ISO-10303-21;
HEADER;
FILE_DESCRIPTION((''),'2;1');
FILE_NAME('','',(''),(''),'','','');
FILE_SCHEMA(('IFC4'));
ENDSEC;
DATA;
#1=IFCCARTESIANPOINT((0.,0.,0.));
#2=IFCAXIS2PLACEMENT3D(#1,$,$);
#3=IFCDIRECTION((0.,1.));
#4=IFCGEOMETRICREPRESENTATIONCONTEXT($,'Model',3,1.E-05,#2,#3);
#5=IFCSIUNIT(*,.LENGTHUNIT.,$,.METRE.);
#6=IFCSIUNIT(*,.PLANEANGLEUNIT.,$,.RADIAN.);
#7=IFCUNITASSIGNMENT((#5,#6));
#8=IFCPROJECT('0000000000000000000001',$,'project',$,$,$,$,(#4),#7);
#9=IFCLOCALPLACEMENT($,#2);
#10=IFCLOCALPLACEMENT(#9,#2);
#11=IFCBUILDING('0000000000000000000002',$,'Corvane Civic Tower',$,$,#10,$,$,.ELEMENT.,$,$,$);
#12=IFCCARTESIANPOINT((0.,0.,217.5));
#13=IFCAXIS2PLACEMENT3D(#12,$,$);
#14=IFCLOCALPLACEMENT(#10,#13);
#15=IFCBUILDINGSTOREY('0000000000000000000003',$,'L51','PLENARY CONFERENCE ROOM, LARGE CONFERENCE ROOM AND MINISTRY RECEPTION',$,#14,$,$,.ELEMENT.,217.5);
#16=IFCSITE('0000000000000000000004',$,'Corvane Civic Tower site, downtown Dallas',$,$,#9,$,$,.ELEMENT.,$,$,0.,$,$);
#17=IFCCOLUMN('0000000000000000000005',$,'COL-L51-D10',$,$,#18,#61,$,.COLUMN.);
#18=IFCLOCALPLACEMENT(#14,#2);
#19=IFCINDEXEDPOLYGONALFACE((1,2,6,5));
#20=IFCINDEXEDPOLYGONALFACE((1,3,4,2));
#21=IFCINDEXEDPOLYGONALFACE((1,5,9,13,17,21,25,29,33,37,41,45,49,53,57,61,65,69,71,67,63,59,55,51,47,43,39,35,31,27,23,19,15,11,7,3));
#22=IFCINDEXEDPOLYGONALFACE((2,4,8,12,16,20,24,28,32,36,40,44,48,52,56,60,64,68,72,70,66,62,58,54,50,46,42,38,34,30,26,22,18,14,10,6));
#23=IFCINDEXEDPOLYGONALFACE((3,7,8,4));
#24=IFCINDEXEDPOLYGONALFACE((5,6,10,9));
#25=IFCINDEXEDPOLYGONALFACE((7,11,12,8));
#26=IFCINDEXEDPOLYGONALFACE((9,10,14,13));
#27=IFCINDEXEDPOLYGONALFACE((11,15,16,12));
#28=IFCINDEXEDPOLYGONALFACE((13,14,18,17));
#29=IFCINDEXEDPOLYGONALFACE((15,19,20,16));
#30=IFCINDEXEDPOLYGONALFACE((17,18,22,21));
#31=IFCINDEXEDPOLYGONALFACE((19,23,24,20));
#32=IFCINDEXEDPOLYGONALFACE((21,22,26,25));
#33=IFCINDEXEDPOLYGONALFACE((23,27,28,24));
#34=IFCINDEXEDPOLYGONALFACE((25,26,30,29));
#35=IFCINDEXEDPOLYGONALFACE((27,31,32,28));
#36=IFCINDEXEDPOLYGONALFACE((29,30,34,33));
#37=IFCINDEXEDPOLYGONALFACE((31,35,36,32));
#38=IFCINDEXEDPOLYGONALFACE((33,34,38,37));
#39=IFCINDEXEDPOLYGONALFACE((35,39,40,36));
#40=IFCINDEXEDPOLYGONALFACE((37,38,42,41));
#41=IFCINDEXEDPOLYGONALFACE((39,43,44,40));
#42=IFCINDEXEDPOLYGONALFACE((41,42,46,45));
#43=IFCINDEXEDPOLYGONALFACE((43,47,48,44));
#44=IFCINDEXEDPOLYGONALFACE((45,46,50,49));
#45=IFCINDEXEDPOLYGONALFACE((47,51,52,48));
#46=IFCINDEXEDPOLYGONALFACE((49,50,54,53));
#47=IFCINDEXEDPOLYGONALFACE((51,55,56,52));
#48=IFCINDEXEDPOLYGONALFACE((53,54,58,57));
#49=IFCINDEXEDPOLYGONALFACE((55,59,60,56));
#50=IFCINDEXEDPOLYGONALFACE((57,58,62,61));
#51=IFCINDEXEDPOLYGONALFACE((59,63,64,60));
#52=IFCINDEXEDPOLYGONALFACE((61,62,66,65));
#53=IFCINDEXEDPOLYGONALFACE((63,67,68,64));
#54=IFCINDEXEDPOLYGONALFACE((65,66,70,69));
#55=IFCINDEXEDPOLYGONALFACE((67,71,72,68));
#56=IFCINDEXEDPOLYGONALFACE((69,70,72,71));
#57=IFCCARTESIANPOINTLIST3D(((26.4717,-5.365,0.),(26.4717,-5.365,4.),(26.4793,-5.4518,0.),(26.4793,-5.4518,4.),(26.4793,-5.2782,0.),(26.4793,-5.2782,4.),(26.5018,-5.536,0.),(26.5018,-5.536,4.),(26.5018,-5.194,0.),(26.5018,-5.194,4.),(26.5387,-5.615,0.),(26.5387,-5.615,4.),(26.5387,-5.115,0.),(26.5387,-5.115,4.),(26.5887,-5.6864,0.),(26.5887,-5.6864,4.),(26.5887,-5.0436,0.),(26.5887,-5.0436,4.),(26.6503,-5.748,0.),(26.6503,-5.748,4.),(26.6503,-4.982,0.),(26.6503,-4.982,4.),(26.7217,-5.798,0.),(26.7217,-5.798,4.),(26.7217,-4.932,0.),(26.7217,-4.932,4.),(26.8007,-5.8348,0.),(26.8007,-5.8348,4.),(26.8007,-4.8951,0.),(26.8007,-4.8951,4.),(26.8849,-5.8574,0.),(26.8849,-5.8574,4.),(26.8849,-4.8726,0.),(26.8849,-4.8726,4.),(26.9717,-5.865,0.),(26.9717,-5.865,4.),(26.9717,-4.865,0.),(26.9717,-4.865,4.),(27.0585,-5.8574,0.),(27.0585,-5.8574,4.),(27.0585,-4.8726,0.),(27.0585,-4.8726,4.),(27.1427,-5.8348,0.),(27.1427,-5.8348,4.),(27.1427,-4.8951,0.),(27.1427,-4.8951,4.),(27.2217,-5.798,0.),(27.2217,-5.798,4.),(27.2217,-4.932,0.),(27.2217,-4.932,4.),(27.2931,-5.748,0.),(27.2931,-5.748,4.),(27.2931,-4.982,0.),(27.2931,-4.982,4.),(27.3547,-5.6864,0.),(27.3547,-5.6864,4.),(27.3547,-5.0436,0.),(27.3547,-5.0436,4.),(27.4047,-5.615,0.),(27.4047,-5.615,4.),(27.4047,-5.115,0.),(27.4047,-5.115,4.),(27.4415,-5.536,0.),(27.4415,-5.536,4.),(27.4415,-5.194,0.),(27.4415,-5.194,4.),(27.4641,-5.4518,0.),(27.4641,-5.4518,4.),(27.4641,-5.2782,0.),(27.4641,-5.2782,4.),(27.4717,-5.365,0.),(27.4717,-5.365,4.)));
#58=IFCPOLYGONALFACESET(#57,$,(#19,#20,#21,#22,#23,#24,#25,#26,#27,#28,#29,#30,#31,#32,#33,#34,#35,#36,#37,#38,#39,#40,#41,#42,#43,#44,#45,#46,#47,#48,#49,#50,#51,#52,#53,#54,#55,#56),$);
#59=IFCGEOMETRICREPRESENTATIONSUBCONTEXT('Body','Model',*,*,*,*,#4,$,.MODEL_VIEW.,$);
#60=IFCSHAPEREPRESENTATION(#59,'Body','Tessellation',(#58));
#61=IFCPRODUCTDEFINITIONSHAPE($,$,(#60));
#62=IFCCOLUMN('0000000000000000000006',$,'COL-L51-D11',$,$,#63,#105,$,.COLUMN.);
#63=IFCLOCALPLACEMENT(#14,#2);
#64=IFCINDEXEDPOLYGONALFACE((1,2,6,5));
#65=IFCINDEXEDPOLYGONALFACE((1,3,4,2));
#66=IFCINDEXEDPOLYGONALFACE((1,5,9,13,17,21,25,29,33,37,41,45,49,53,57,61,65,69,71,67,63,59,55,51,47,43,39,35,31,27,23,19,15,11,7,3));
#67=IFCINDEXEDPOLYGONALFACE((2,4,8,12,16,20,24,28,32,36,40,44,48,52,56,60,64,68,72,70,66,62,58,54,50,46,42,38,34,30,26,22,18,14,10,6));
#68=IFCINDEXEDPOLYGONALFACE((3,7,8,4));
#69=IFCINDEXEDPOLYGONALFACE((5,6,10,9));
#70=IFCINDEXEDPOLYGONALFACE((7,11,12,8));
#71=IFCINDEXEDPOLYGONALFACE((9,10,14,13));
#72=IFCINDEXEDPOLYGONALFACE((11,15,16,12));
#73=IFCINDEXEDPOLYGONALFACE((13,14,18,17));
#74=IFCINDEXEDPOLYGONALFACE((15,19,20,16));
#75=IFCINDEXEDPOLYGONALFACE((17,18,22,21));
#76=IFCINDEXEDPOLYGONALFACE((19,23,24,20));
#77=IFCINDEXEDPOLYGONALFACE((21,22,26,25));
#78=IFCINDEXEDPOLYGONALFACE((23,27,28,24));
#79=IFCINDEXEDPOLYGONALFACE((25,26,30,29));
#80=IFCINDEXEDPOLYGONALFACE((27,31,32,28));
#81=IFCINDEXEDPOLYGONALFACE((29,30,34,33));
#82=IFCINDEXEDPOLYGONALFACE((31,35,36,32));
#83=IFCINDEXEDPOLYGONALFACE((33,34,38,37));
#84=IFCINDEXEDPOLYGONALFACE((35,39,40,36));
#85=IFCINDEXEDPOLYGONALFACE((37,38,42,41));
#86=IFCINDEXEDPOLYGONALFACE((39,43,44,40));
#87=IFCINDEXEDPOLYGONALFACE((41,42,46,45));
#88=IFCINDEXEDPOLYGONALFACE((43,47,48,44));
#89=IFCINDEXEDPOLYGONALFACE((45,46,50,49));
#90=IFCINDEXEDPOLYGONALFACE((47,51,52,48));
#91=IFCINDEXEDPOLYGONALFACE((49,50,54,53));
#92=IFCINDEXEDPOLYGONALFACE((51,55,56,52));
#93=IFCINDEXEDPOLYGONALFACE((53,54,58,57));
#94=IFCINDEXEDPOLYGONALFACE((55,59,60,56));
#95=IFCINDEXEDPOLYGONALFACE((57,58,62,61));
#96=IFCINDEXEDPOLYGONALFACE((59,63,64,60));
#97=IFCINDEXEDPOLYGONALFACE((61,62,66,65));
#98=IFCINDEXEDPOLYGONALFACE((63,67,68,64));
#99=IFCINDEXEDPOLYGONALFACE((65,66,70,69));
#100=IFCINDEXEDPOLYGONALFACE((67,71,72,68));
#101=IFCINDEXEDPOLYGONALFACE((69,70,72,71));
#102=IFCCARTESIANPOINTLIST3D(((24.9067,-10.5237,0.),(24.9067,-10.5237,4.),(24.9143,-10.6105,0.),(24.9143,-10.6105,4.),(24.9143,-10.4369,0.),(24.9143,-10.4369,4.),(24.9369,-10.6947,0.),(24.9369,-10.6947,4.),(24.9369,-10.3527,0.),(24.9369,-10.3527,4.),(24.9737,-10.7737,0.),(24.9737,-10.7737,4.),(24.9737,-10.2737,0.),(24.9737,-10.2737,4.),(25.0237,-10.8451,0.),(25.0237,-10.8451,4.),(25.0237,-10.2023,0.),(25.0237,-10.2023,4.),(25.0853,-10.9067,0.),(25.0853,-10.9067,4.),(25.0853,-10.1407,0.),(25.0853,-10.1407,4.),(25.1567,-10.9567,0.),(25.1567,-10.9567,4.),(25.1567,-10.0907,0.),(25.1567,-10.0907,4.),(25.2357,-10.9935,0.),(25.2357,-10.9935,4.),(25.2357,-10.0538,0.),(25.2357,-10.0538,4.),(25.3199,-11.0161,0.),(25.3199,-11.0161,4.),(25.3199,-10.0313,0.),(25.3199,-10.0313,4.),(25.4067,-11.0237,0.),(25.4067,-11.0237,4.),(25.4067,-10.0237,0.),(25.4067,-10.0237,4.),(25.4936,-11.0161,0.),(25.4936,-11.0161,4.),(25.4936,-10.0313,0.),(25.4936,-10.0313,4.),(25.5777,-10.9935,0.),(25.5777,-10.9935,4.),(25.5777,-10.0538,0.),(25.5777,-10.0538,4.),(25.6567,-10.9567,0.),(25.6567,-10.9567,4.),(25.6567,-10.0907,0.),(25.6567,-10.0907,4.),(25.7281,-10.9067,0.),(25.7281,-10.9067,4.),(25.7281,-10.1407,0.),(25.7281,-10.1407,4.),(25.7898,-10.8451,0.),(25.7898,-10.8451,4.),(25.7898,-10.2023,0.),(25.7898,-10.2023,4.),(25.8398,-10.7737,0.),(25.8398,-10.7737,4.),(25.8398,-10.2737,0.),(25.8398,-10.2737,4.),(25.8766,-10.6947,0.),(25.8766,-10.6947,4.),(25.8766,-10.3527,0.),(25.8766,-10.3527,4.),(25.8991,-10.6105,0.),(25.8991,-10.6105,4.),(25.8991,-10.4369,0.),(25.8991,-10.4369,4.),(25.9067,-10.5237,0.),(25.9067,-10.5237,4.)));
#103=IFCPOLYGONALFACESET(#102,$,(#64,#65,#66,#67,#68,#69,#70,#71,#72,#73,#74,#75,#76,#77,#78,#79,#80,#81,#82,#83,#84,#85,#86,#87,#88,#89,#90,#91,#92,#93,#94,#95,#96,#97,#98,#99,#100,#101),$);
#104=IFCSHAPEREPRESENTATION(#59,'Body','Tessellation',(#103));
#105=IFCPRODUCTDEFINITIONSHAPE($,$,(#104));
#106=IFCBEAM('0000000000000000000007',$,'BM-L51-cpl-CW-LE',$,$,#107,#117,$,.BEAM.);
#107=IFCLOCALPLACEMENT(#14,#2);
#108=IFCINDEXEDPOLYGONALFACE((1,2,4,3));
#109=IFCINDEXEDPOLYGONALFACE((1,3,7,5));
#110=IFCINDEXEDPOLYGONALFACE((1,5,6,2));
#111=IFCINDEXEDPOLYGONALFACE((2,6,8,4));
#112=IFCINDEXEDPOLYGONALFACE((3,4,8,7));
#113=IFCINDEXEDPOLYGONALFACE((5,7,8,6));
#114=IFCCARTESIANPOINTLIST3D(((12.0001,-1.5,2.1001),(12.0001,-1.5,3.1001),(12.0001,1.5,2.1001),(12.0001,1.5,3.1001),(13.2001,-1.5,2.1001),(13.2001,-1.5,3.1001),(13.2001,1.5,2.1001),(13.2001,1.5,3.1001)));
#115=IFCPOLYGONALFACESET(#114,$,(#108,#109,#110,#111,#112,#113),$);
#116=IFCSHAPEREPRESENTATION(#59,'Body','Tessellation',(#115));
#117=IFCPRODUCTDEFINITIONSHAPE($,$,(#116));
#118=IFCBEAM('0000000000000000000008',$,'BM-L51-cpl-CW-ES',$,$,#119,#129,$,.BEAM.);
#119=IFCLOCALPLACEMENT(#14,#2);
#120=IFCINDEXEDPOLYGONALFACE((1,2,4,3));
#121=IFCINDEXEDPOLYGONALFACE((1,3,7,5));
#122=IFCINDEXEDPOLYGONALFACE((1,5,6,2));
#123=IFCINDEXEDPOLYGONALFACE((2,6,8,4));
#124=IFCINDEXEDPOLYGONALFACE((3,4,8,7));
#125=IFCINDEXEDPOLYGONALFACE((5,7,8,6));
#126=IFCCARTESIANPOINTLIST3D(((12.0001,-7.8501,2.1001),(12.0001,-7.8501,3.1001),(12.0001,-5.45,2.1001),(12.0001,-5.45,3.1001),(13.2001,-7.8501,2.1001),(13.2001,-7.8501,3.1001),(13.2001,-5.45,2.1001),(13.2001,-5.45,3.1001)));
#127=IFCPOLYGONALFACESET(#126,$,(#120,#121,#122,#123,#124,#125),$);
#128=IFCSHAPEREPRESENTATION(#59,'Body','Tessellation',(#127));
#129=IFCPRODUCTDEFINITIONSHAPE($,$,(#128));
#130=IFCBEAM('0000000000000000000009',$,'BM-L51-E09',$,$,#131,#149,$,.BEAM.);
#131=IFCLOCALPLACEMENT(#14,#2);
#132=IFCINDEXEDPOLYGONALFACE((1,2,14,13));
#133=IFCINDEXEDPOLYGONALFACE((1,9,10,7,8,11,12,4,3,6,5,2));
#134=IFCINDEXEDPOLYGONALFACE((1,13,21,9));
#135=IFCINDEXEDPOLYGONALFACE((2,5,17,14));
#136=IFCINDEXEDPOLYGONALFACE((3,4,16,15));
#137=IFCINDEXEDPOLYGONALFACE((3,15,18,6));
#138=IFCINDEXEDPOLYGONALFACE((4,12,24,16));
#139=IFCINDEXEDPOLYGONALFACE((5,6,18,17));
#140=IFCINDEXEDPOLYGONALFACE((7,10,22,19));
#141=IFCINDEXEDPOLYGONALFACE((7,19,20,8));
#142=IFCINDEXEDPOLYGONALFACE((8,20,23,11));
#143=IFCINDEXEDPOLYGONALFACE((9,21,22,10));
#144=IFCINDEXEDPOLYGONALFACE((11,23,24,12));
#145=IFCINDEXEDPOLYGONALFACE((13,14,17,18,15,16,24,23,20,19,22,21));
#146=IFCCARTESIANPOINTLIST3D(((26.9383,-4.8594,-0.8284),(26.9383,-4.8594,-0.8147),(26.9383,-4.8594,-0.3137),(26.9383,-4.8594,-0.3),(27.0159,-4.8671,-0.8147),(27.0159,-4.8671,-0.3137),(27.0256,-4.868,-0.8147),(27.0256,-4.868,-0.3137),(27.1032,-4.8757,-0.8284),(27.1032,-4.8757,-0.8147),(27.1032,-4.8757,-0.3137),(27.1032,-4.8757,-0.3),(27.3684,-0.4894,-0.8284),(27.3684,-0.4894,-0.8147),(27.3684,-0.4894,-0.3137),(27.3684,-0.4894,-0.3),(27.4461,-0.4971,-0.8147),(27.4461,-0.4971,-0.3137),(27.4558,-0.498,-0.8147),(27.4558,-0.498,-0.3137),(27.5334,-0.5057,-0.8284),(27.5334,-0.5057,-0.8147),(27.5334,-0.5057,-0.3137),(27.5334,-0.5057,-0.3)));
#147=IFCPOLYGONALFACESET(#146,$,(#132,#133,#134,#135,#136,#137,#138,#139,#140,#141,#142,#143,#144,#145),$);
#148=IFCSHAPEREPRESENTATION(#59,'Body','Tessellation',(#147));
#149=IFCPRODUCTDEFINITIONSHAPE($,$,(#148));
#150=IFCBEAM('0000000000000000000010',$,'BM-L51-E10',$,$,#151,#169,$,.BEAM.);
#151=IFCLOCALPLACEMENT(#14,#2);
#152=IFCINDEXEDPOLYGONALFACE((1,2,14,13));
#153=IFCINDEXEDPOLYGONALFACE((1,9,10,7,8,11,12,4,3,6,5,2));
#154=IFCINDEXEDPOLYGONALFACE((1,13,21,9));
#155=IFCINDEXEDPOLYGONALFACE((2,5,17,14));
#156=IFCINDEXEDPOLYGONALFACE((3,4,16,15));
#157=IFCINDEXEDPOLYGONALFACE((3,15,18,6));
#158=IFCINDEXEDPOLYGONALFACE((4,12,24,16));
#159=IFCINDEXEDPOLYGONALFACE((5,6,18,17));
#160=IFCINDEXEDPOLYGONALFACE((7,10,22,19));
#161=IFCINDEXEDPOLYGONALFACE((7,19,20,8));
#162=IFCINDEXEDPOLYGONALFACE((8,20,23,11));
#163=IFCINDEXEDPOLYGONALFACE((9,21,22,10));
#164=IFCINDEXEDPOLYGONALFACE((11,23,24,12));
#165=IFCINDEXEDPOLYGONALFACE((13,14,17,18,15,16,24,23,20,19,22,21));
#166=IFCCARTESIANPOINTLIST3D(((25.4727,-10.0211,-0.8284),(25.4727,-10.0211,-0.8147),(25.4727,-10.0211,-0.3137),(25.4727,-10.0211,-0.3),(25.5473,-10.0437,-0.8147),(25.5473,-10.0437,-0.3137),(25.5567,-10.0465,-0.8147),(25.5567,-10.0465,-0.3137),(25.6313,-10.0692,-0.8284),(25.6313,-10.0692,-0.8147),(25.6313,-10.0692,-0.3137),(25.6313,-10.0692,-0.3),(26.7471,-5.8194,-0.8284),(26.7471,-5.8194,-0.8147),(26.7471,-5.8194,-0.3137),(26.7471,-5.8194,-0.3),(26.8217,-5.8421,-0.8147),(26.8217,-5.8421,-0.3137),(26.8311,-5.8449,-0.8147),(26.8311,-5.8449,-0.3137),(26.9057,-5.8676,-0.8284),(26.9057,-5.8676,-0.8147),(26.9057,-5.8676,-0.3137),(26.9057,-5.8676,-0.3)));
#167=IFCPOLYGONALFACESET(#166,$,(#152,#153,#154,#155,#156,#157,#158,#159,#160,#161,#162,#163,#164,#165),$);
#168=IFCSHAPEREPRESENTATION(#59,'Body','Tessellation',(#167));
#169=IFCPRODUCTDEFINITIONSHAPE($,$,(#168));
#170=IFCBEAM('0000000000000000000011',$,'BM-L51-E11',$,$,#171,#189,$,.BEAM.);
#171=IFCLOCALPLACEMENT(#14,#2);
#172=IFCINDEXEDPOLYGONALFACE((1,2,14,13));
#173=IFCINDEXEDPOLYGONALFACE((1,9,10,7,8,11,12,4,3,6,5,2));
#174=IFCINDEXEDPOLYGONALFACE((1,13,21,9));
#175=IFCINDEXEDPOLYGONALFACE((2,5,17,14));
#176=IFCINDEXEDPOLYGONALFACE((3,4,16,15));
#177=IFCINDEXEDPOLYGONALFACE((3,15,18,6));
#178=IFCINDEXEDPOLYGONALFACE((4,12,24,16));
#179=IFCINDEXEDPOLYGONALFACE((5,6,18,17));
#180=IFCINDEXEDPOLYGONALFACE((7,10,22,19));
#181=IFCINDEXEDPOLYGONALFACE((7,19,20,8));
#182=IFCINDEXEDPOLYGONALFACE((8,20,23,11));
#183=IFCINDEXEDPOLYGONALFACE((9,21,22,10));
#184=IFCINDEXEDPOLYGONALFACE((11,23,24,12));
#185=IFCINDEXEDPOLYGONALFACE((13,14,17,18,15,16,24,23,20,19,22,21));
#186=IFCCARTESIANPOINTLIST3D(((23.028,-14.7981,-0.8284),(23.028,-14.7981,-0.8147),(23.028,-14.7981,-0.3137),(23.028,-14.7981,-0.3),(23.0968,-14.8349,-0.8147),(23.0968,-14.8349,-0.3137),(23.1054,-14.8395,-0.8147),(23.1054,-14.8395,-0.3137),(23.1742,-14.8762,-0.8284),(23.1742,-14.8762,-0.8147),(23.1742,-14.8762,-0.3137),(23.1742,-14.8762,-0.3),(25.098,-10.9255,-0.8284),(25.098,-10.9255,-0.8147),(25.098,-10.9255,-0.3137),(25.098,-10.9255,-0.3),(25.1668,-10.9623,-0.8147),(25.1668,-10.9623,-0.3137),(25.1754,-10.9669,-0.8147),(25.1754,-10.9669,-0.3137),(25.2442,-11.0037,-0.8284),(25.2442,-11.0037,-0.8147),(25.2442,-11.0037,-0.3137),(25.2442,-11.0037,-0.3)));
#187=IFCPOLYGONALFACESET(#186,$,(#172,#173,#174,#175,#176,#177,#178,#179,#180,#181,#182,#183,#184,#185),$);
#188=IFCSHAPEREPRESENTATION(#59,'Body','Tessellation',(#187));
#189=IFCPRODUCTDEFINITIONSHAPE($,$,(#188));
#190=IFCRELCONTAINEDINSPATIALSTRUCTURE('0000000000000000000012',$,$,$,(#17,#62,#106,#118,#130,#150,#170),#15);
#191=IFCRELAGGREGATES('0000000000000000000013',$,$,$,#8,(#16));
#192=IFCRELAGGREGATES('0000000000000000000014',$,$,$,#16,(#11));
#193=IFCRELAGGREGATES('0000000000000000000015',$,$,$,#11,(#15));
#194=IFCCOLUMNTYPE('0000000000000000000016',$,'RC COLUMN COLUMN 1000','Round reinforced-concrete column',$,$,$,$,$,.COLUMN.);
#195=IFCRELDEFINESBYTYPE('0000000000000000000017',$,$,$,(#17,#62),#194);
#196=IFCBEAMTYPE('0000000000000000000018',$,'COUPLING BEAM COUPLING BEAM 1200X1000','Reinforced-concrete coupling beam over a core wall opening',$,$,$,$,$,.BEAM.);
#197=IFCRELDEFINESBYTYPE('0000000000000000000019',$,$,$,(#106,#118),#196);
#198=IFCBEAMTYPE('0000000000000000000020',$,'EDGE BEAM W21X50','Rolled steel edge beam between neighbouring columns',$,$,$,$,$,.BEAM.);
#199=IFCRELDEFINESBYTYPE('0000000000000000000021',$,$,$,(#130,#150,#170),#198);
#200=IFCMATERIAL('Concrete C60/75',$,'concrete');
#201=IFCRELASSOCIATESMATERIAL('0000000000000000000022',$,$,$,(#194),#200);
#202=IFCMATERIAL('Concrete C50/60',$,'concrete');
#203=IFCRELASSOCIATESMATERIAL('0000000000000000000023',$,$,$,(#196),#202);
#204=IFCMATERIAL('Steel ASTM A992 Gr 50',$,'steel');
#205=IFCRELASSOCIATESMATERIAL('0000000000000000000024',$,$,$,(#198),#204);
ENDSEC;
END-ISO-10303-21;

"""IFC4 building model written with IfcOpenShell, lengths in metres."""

from ifc_helpers import new_model, si_unit, direction, frame, origin, origin_2d, place, context, subcontext, project, spatial, rectangle, circle, i_section, extrude, material, material_profile, profile_set, type_object, element, save


model = new_model("IFC4")

# Units and contexts
model_context = context("Model", 3, precision=1e-05, world=origin(), true_north=direction((0.0, 1.0)))
body_context = subcontext(model_context, "Body", "Model", "MODEL_VIEW")
ifc_project = project(units=[si_unit("LENGTHUNIT", "METRE"), si_unit("PLANEANGLEUNIT", "RADIAN")], contexts=[model_context])

# Site, building, storey
site_placement = place(None, origin())
site = spatial("IfcSite", under=ifc_project, at=site_placement, Name="Corvane Civic Tower site, downtown Dallas", CompositionType="ELEMENT", RefElevation=0.0)
building_placement = place(site_placement, origin())
building = spatial("IfcBuilding", under=site, at=building_placement, Name="Corvane Civic Tower", CompositionType="ELEMENT")
storey_placement = place(building_placement, frame((0.0, 0.0, 217.5)))
storey = spatial("IfcBuildingStorey", under=building, at=storey_placement, Name="L51", Description="PLENARY CONFERENCE ROOM, LARGE CONFERENCE ROOM AND MINISTRY RECEPTION", CompositionType="ELEMENT", Elevation=217.5)

# Columns
ifc_material_1 = material(Name="Concrete C60/75", Category="concrete")
ifc_material_profile_1 = material_profile(ifc_material_1, circle(Radius=0.5, at=origin_2d()), Name="COLUMN 1000")
ifc_profile_set_1 = profile_set([ifc_material_profile_1], Name="Concrete C60/75")
column_type = type_object("IfcColumnType", Name="RC COLUMN COLUMN 1000", Description="Round reinforced-concrete column", PredefinedType="COLUMN", material=ifc_profile_set_1)
for number, where, z_axis, x_axis, name in (
    (1, (26.9717, -5.365, 0.0), (0.0, 0.0, 1.0), (1.0, 0.0, 0.0), "COL-L51-D10"),
    (2, (25.4067, -10.5237, 0.0), (0.0, 0.0, 1.0), (1.0, 0.0, 0.0), "COL-L51-D11"),
):
    element("IfcColumn", number, at=place(storey_placement, frame(where, z_axis=z_axis, x_axis=x_axis)), inside=storey, type_object=column_type, Name=name, PredefinedType="COLUMN", context=body_context, shape_type="SweptSolid", body=[
        extrude(circle(Radius=0.5, at=origin_2d()), origin(), (0.0, 0.0, 1.0), 4.0),
    ])

# Beams
ifc_material_2 = material(Name="Concrete C50/60", Category="concrete")
ifc_material_profile_2 = material_profile(ifc_material_2, rectangle(XDim=1.2, YDim=1.0, at=origin_2d()), Name="COUPLING BEAM 1200X1000")
ifc_profile_set_2 = profile_set([ifc_material_profile_2], Name="Concrete C50/60")
beam_type_1 = type_object("IfcBeamType", Name="COUPLING BEAM COUPLING BEAM 1200X1000", Description="Reinforced-concrete coupling beam over a core wall opening", PredefinedType="BEAM", material=ifc_profile_set_2)
beam_1_placement = place(storey_placement, frame((12.6001, -1.5, 2.6001), z_axis=(0.0, 1.0, 0.0), x_axis=(-1.0, 0.0, 0.0)))
element("IfcBeam", 3, at=beam_1_placement, inside=storey, type_object=beam_type_1, Name="BM-L51-cpl-CW-LE", PredefinedType="BEAM", context=body_context, shape_type="SweptSolid", body=[
    extrude(rectangle(XDim=1.2, YDim=1.0, at=origin_2d()), origin(), (0.0, 0.0, 1.0), 3.0),
])
beam_2_placement = place(storey_placement, frame((12.6001, -7.8501, 2.6001), z_axis=(0.0, 1.0, 0.0), x_axis=(-1.0, 0.0, 0.0)))
element("IfcBeam", 4, at=beam_2_placement, inside=storey, type_object=beam_type_1, Name="BM-L51-cpl-CW-ES", PredefinedType="BEAM", context=body_context, shape_type="SweptSolid", body=[
    extrude(rectangle(XDim=1.2, YDim=1.0, at=origin_2d()), origin(), (0.0, 0.0, 1.0), 2.4001),
])
ifc_material_3 = material(Name="Steel ASTM A992 Gr 50", Category="steel")
ifc_material_profile_3 = material_profile(ifc_material_3, i_section(OverallWidth=0.1658, OverallDepth=0.5283, WebThickness=0.0098, FlangeThickness=0.0137, at=origin_2d()), Name="W21X50")
ifc_profile_set_3 = profile_set([ifc_material_profile_3], Name="Steel ASTM A992 Gr 50")
beam_type_2 = type_object("IfcBeamType", Name="EDGE BEAM W21X50", Description="Rolled steel edge beam between neighbouring columns", PredefinedType="BEAM", material=ifc_profile_set_3)
beam_3_placement = place(storey_placement, frame((27.4509, -0.4976, -0.5642), z_axis=(-0.097968, -0.99519, 0.0), x_axis=(0.99519, -0.097968, 0.0)))
element("IfcBeam", 5, at=beam_3_placement, inside=storey, type_object=beam_type_2, Name="BM-L51-E09", PredefinedType="BEAM", context=body_context, shape_type="SweptSolid", body=[
    extrude(i_section(OverallWidth=0.1658, OverallDepth=0.5283, WebThickness=0.0098, FlangeThickness=0.0137, at=origin_2d()), origin(), (0.0, 0.0, 1.0), 4.3911),
])
beam_4_placement = place(storey_placement, frame((26.8264, -5.8435, -0.5642), z_axis=(-0.290254, -0.95695, 0.0), x_axis=(0.95695, -0.290254, 0.0)))
element("IfcBeam", 6, at=beam_4_placement, inside=storey, type_object=beam_type_2, Name="BM-L51-E10", PredefinedType="BEAM", context=body_context, shape_type="SweptSolid", body=[
    extrude(i_section(OverallWidth=0.1658, OverallDepth=0.5283, WebThickness=0.0098, FlangeThickness=0.0137, at=origin_2d()), origin(), (0.0, 0.0, 1.0), 4.3906),
])
beam_5_placement = place(storey_placement, frame((25.1711, -10.9646, -0.5642), z_axis=(-0.471422, -0.881908, 0.0), x_axis=(0.881908, -0.471422, 0.0)))
element("IfcBeam", 7, at=beam_5_placement, inside=storey, type_object=beam_type_2, Name="BM-L51-E11", PredefinedType="BEAM", context=body_context, shape_type="SweptSolid", body=[
    extrude(i_section(OverallWidth=0.1658, OverallDepth=0.5283, WebThickness=0.0098, FlangeThickness=0.0137, at=origin_2d()), origin(), (0.0, 0.0, 1.0), 4.3911),
])

save(model, "model.ifc")
